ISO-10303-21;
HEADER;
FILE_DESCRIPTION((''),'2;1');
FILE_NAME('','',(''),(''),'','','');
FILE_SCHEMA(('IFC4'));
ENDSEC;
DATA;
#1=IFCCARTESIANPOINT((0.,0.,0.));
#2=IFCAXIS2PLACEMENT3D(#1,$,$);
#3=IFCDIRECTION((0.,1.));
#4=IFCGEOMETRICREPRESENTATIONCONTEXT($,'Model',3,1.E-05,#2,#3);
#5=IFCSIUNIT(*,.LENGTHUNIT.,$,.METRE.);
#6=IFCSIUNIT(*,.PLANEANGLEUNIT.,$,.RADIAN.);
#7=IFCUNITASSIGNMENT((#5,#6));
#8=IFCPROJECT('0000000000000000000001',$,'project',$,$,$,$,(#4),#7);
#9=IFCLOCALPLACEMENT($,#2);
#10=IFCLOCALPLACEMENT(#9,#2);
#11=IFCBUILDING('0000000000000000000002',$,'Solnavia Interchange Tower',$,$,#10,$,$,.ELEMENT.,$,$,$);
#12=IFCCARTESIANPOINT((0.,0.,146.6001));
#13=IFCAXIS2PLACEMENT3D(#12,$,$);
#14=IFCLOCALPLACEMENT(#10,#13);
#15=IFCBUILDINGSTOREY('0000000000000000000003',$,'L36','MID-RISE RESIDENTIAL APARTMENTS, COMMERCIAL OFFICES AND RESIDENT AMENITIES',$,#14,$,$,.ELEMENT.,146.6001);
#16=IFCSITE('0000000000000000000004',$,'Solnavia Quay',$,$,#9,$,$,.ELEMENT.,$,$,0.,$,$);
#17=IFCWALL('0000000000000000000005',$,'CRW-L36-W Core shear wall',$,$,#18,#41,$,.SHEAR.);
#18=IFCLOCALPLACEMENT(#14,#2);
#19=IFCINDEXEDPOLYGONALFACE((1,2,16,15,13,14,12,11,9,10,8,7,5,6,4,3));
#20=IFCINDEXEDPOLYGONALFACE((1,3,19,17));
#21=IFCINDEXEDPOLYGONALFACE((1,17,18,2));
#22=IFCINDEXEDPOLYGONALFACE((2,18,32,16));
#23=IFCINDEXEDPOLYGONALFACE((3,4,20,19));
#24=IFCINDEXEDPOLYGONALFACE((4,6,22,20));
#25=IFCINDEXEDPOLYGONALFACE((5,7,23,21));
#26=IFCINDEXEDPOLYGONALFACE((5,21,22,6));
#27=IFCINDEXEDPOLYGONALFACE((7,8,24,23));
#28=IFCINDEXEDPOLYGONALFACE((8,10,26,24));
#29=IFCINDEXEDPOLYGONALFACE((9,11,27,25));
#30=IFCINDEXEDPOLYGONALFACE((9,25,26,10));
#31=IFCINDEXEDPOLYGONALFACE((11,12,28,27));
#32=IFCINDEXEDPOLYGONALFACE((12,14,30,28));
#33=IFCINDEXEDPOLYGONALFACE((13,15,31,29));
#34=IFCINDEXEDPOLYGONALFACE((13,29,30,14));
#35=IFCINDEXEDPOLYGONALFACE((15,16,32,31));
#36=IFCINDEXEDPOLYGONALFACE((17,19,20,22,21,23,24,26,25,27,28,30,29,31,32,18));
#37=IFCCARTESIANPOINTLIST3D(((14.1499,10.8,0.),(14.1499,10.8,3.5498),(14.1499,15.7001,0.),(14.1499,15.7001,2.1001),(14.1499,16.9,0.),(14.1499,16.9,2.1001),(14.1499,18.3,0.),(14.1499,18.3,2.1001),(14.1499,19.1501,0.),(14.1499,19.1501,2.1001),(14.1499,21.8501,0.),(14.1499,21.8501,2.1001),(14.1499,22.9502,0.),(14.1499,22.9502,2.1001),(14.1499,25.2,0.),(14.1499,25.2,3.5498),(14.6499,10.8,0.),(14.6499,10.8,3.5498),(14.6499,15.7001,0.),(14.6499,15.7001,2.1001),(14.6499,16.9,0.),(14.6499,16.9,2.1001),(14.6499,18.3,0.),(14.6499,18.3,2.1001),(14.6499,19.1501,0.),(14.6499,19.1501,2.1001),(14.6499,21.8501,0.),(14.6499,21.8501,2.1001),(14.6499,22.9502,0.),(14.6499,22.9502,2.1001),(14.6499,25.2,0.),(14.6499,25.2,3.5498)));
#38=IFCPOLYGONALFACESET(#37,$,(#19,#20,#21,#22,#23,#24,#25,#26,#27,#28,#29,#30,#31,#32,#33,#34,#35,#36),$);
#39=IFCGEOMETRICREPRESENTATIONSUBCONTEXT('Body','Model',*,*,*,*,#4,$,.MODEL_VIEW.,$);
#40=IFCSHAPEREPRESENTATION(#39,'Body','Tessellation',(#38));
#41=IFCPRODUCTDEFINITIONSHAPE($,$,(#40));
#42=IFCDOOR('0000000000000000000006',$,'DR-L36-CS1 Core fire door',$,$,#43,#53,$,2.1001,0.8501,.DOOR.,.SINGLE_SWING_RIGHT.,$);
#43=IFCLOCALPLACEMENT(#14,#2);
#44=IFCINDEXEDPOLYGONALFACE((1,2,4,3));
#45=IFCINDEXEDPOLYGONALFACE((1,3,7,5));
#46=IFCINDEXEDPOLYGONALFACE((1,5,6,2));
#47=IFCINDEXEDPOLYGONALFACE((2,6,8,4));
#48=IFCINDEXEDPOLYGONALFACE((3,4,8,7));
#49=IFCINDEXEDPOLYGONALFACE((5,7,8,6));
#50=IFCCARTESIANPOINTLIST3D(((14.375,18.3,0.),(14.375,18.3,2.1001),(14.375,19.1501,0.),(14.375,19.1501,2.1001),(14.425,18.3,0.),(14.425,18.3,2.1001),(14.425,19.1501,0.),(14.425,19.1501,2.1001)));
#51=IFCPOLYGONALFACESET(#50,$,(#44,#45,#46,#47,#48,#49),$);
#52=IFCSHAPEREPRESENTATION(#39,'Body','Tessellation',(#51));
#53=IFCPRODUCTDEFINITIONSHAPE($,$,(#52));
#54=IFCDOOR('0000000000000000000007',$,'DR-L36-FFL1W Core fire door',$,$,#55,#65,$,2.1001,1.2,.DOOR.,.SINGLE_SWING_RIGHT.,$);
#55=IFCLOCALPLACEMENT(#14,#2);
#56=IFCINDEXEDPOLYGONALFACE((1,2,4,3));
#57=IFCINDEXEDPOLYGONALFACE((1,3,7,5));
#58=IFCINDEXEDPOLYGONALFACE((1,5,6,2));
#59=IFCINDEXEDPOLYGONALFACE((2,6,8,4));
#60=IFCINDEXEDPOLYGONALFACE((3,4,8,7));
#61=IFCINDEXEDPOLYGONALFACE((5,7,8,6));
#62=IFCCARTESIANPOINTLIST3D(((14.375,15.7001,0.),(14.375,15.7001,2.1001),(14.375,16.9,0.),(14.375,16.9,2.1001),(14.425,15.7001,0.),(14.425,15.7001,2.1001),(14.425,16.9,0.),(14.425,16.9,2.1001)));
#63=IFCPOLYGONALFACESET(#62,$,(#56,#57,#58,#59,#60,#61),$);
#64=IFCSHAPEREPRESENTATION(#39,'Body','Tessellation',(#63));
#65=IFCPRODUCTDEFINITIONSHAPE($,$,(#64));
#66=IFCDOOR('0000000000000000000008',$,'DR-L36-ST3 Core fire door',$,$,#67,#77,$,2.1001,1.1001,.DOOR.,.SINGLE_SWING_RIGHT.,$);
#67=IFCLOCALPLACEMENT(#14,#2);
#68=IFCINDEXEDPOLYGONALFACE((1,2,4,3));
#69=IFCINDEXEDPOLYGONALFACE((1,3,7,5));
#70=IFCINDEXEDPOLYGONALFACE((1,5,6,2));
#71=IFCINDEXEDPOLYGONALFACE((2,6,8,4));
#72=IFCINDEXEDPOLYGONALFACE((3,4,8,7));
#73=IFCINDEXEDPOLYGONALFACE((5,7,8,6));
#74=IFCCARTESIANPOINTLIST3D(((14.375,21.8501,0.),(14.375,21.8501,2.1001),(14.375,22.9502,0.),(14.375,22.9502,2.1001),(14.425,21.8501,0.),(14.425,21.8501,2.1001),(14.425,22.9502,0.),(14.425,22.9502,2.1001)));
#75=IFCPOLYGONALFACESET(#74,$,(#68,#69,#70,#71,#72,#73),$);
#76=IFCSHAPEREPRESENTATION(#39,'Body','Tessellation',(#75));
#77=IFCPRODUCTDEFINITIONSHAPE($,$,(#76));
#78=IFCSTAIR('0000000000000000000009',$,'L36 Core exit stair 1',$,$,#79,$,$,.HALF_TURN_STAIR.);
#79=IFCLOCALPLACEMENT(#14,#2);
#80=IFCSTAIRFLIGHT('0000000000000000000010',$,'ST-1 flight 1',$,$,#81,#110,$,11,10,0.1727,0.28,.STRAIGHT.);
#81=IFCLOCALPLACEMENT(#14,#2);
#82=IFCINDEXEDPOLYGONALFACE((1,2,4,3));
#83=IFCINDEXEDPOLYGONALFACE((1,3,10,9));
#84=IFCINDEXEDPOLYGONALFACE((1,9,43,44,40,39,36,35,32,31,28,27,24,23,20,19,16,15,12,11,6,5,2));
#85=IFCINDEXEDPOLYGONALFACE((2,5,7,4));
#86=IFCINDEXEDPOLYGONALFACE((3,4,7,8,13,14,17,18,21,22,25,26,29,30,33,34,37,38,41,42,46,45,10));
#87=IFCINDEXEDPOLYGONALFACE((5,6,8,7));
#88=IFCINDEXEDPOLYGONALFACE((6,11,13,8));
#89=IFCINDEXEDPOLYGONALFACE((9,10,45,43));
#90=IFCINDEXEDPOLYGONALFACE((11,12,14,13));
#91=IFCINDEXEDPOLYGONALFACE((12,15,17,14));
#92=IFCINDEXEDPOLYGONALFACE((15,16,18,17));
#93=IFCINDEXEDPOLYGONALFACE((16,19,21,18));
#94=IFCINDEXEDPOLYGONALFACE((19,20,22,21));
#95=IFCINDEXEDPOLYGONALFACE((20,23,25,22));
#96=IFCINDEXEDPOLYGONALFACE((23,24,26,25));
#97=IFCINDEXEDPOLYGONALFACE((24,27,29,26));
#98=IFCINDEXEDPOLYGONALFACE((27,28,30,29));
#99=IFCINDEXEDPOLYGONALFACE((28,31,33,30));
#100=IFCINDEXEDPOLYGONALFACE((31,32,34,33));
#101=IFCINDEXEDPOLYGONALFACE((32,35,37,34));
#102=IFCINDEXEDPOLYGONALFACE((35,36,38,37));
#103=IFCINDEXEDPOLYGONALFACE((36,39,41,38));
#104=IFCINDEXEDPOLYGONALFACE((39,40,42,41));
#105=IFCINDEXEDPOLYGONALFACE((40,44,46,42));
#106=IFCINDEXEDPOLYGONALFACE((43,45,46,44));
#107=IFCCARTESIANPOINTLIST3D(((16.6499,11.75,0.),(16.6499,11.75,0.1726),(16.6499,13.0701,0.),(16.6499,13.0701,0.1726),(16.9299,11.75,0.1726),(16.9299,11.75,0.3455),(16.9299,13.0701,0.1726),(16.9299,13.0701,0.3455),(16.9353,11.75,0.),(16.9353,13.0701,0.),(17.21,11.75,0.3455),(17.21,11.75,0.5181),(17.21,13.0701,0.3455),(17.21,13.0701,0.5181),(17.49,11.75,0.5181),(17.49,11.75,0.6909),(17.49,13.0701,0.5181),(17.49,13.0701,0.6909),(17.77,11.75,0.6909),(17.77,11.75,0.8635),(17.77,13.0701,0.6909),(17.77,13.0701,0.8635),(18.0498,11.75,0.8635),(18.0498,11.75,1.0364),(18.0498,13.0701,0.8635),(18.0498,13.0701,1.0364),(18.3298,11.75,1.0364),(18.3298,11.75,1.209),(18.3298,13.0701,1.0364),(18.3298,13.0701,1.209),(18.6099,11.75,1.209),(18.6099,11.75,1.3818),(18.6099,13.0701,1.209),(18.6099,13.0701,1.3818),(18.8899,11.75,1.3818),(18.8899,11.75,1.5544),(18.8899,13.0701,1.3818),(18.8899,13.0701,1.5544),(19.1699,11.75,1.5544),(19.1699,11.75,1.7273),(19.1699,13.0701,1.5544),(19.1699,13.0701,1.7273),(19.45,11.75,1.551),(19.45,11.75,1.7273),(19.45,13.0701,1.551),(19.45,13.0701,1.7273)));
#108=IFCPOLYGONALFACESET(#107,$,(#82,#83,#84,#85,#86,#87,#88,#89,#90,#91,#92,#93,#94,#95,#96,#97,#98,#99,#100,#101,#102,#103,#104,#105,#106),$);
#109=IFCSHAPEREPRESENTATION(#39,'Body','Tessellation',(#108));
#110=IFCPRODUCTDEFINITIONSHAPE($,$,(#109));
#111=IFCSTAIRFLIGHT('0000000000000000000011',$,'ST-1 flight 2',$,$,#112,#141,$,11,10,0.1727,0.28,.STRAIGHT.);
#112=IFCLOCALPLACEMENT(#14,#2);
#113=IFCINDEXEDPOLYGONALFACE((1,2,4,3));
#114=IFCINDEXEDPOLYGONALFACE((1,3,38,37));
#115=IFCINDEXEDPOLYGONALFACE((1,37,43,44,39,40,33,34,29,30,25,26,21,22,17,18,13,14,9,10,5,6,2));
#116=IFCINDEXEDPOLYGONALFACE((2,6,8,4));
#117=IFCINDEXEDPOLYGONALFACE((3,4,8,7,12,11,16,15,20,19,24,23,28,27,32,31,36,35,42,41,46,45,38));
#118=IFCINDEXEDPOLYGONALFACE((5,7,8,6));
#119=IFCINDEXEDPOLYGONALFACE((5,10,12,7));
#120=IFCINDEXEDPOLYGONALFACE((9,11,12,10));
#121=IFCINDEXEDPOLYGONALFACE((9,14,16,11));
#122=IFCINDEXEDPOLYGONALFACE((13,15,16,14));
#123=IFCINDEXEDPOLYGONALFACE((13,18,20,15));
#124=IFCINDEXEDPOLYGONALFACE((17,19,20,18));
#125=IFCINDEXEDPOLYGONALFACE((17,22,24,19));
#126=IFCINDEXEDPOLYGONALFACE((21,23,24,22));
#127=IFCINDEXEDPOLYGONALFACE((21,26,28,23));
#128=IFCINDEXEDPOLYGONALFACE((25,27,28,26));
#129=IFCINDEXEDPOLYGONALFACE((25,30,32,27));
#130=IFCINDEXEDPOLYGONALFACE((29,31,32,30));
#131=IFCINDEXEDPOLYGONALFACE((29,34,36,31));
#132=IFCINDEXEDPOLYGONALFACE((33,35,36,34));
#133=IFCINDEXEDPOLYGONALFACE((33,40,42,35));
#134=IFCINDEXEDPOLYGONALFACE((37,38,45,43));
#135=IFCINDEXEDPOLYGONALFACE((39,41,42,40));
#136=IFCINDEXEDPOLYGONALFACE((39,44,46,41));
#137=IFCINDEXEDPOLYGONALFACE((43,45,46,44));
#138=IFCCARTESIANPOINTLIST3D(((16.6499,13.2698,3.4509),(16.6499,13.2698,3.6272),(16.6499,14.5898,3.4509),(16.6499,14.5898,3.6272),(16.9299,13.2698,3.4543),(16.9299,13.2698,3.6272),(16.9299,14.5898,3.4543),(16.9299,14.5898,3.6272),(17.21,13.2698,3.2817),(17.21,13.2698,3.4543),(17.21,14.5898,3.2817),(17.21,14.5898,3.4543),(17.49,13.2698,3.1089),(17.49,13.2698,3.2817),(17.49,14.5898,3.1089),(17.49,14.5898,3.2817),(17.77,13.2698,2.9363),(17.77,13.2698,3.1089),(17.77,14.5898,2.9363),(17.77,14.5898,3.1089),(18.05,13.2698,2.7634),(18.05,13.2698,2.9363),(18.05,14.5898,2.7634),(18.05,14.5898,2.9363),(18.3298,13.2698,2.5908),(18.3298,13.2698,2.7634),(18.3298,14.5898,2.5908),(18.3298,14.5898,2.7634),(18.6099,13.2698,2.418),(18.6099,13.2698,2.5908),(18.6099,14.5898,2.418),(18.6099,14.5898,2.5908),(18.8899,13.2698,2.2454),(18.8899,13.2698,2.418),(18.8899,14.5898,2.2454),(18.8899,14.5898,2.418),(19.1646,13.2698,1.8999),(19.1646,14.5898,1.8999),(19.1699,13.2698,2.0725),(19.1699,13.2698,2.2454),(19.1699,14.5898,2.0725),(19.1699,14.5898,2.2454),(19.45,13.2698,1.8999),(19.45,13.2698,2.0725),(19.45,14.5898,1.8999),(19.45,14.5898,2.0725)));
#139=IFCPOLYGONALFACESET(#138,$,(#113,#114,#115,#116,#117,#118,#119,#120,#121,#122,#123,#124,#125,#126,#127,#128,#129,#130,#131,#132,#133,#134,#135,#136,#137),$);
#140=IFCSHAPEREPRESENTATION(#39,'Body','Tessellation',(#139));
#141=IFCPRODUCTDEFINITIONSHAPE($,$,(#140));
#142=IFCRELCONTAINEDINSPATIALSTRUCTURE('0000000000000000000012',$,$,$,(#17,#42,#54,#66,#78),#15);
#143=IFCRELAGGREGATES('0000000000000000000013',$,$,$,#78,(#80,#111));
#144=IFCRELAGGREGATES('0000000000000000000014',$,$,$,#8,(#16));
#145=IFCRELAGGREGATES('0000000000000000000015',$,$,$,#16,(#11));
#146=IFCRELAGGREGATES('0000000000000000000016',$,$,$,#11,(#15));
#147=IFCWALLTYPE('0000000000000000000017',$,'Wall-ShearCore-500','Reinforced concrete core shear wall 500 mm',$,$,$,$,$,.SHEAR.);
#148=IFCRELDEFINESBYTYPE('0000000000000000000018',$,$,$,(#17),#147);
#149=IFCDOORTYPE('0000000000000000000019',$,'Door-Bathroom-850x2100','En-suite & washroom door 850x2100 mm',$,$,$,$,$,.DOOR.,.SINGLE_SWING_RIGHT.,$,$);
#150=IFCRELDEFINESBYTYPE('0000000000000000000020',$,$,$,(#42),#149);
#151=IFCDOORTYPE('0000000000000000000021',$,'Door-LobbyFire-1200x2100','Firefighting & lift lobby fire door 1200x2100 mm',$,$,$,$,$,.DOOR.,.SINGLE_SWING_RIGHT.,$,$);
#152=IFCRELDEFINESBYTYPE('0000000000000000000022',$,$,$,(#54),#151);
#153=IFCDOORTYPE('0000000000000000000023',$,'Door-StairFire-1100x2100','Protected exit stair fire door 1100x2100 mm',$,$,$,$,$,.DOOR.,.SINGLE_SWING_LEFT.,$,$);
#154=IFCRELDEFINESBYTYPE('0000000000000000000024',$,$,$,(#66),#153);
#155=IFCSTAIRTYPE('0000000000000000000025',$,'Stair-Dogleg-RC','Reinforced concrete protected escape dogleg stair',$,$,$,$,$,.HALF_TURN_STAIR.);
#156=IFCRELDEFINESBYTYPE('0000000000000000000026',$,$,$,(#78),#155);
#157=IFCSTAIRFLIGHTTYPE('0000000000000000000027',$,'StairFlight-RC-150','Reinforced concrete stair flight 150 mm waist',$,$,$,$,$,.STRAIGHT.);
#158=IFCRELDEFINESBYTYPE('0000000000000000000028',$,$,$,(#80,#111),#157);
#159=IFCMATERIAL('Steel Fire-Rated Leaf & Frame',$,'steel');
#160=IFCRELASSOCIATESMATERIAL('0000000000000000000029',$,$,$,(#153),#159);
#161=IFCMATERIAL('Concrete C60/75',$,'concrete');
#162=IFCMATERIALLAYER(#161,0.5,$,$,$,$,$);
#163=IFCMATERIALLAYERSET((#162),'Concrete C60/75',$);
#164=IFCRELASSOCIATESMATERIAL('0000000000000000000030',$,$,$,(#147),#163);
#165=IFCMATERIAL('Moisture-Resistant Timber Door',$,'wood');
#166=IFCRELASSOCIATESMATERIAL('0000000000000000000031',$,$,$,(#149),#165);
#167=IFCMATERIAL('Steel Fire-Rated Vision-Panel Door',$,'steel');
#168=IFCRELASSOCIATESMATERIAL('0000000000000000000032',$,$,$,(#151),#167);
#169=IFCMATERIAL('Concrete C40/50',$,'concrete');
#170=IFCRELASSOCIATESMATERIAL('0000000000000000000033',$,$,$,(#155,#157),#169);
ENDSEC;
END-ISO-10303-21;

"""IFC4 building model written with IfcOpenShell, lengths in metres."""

from ifc_helpers import new_model, si_unit, direction, frame, frame_2d, origin, place, context, subcontext, project, spatial, polyline, rectangle, outline, extrude, material, layer, layer_set, type_object, element, fill, aggregate, save


model = new_model("IFC4")

# Units and contexts
model_context = context("Model", 3, precision=1e-05, world=origin(), true_north=direction((0.0, 1.0)))
body_context = subcontext(model_context, "Body", "Model", "MODEL_VIEW")
ifc_project = project(units=[si_unit("LENGTHUNIT", "METRE"), si_unit("PLANEANGLEUNIT", "RADIAN")], contexts=[model_context])

# Site, building, storey
site_placement = place(None, origin())
site = spatial("IfcSite", under=ifc_project, at=site_placement, Name="Solnavia Quay", CompositionType="ELEMENT", RefElevation=0.0)
building_placement = place(site_placement, origin())
building = spatial("IfcBuilding", under=site, at=building_placement, Name="Solnavia Interchange Tower", CompositionType="ELEMENT")
storey_placement = place(building_placement, frame((0.0, 0.0, 146.6001)))
storey = spatial("IfcBuildingStorey", under=building, at=storey_placement, Name="L36", Description="MID-RISE RESIDENTIAL APARTMENTS, COMMERCIAL OFFICES AND RESIDENT AMENITIES", CompositionType="ELEMENT", Elevation=146.6001)

# Shared definitions
ifc_material_1 = material(Name="Concrete C40/50", Category="concrete")

# Shared definitions
ifc_material_2 = material(Name="Steel Fire-Rated Leaf & Frame", Category="steel")
door_type_1 = type_object("IfcDoorType", Name="Door-StairFire-1100x2100", Description="Protected exit stair fire door 1100x2100 mm", OperationType="SINGLE_SWING_LEFT", PredefinedType="DOOR", material=ifc_material_2)

# Shared definitions
ifc_material_3 = material(Name="Concrete C60/75", Category="concrete")
ifc_layer_1 = layer(ifc_material_3, 0.5)
ifc_layer_set_1 = layer_set([ifc_layer_1], Name="Concrete C60/75")
wall_type_1 = type_object("IfcWallType", Name="Wall-ShearCore-500", Description="Reinforced concrete core shear wall 500 mm", PredefinedType="SHEAR", material=ifc_layer_set_1)

# Wall, openings, doors
wall_1_placement = place(storey_placement, frame((14.3999, 10.8, 0.0), z_axis=(0.0, 0.0, 1.0), x_axis=(0.0, 1.0, 0.0)))
wall_1 = element("IfcWall", 1, at=wall_1_placement, inside=storey, type_object=wall_type_1, Name="CRW-L36-W Core shear wall", PredefinedType="SHEAR", context=body_context, shape_type="SweptSolid", body=[
    extrude(rectangle(XDim=14.3999, YDim=0.5, at=frame_2d((7.2, 0.0))), origin(), (0.0, 0.0, 1.0), 3.5498),
])
opening_1_placement = place(wall_1_placement, frame((11.05, 0.0, 0.0)))
opening_1 = element("IfcOpeningElement", 2, at=opening_1_placement, cuts=wall_1, PredefinedType="OPENING", context=body_context, shape_type="SweptSolid", body=[
    extrude(rectangle(XDim=1.1001, YDim=2.1001, at=frame_2d((0.55, 1.05))), frame((0.0, 0.26, 0.0), z_axis=(0.0, -1.0, 0.0), x_axis=(1.0, 0.0, 0.0)), (0.0, 0.0, 1.0), 0.52),
])
opening_2_placement = place(wall_1_placement, frame((4.8999, 0.0, 0.0)))
opening_2 = element("IfcOpeningElement", 3, at=opening_2_placement, cuts=wall_1, PredefinedType="OPENING", context=body_context, shape_type="SweptSolid", body=[
    extrude(rectangle(XDim=1.2, YDim=2.1001, at=frame_2d((0.6001, 1.05))), frame((0.0, 0.26, 0.0), z_axis=(0.0, -1.0, 0.0), x_axis=(1.0, 0.0, 0.0)), (0.0, 0.0, 1.0), 0.52),
])
opening_3_placement = place(wall_1_placement, frame((7.5, 0.0, 0.0)))
opening_3 = element("IfcOpeningElement", 4, at=opening_3_placement, cuts=wall_1, PredefinedType="OPENING", context=body_context, shape_type="SweptSolid", body=[
    extrude(rectangle(XDim=0.8501, YDim=2.1001, at=frame_2d((0.425, 1.05))), frame((0.0, 0.26, 0.0), z_axis=(0.0, -1.0, 0.0), x_axis=(1.0, 0.0, 0.0)), (0.0, 0.0, 1.0), 0.52),
])
ifc_material_4 = material(Name="Moisture-Resistant Timber Door", Category="wood")
door_type_2 = type_object("IfcDoorType", Name="Door-Bathroom-850x2100", Description="En-suite & washroom door 850x2100 mm", OperationType="SINGLE_SWING_RIGHT", PredefinedType="DOOR", material=ifc_material_4)
door_1_placement = place(opening_3_placement, origin())
door_1 = element("IfcDoor", 5, at=door_1_placement, inside=storey, type_object=door_type_2, Name="DR-L36-CS1 Core fire door", OperationType="SINGLE_SWING_RIGHT", OverallHeight=2.1001, OverallWidth=0.8501, PredefinedType="DOOR", context=body_context, shape_type="SweptSolid", body=[
    extrude(rectangle(XDim=0.8501, YDim=2.1001, at=frame_2d((0.425, 1.05))), frame((0.0, 0.0249, 0.0), z_axis=(0.0, -1.0, 0.0), x_axis=(1.0, 0.0, 0.0)), (0.0, 0.0, 1.0), 0.05),
])
fill(opening_3, door_1)
ifc_material_5 = material(Name="Steel Fire-Rated Vision-Panel Door", Category="steel")
door_type_3 = type_object("IfcDoorType", Name="Door-LobbyFire-1200x2100", Description="Firefighting & lift lobby fire door 1200x2100 mm", OperationType="SINGLE_SWING_RIGHT", PredefinedType="DOOR", material=ifc_material_5)
door_2_placement = place(opening_2_placement, origin())
door_2 = element("IfcDoor", 6, at=door_2_placement, inside=storey, type_object=door_type_3, Name="DR-L36-FFL1W Core fire door", OperationType="SINGLE_SWING_RIGHT", OverallHeight=2.1001, OverallWidth=1.2, PredefinedType="DOOR", context=body_context, shape_type="SweptSolid", body=[
    extrude(rectangle(XDim=1.2, YDim=2.1001, at=frame_2d((0.6001, 1.05))), frame((0.0, 0.0249, 0.0), z_axis=(0.0, -1.0, 0.0), x_axis=(1.0, 0.0, 0.0)), (0.0, 0.0, 1.0), 0.05),
])
fill(opening_2, door_2)
door_3_placement = place(opening_1_placement, origin())
door_3 = element("IfcDoor", 7, at=door_3_placement, inside=storey, type_object=door_type_1, Name="DR-L36-ST3 Core fire door", OperationType="SINGLE_SWING_RIGHT", OverallHeight=2.1001, OverallWidth=1.1001, PredefinedType="DOOR", context=body_context, shape_type="SweptSolid", body=[
    extrude(rectangle(XDim=1.1001, YDim=2.1001, at=frame_2d((0.55, 1.05))), frame((0.0, 0.0249, 0.0), z_axis=(0.0, -1.0, 0.0), x_axis=(1.0, 0.0, 0.0)), (0.0, 0.0, 1.0), 0.05),
])
fill(opening_1, door_3)

# Stair, stair flights
stair_type = type_object("IfcStairType", Name="Stair-Dogleg-RC", Description="Reinforced concrete protected escape dogleg stair", PredefinedType="HALF_TURN_STAIR", material=ifc_material_1)
stair_placement = place(storey_placement, origin())
stair = element("IfcStair", 8, at=stair_placement, inside=storey, type_object=stair_type, Name="L36 Core exit stair 1", PredefinedType="HALF_TURN_STAIR")
stair_flight_type = type_object("IfcStairFlightType", Name="StairFlight-RC-150", Description="Reinforced concrete stair flight 150 mm waist", PredefinedType="STRAIGHT", material=ifc_material_1)
stair_flight_1_placement = place(storey_placement, frame((16.6499, 12.4099, 0.0), z_axis=(0.0, 0.0, 1.0), x_axis=(1.0, 0.0, 0.0)))
stair_flight_1 = element("IfcStairFlight", 9, at=stair_flight_1_placement, type_object=stair_flight_type, Name="ST-1 flight 1", NumberOfRisers=11, NumberOfTreads=10, PredefinedType="STRAIGHT", RiserHeight=0.1727, TreadLength=0.28, context=body_context, shape_type="SweptSolid", body=[
    extrude(outline(polyline([(0.0, 0.0), (0.0, 0.1726), (0.28, 0.1726), (0.28, 0.3455), (0.5601, 0.3455), (0.5601, 0.5181), (0.8401, 0.5181), (0.8401, 0.6909), (1.1201, 0.6909), (1.1201, 0.8635), (1.3999, 0.8635), (1.3999, 1.0364), (1.6799, 1.0364), (1.6799, 1.209), (1.96, 1.209), (1.96, 1.3818), (2.24, 1.3818), (2.24, 1.5544), (2.52, 1.5544), (2.52, 1.7273), (2.8, 1.7273), (2.8, 1.8999), (2.8, 1.551), (0.2854, 0.0), (0.0, 0.0)])), frame((0.0, 0.6602, 0.0), z_axis=(0.0, -1.0, 0.0), x_axis=(1.0, 0.0, 0.0)), (0.0, 0.0, 1.0), 1.3201),
])
stair_flight_2_placement = place(storey_placement, frame((19.45, 13.9299, 1.8999), z_axis=(0.0, 0.0, 1.0), x_axis=(-1.0, 0.0, 0.0)))
stair_flight_2 = element("IfcStairFlight", 10, at=stair_flight_2_placement, type_object=stair_flight_type, Name="ST-1 flight 2", NumberOfRisers=11, NumberOfTreads=10, PredefinedType="STRAIGHT", RiserHeight=0.1727, TreadLength=0.28, context=body_context, shape_type="SweptSolid", body=[
    extrude(outline(polyline([(0.0, 0.0), (0.0, 0.1726), (0.28, 0.1726), (0.28, 0.3455), (0.5601, 0.3455), (0.5601, 0.5181), (0.8401, 0.5181), (0.8401, 0.6909), (1.1201, 0.6909), (1.1201, 0.8635), (1.3999, 0.8635), (1.3999, 1.0364), (1.6799, 1.0364), (1.6799, 1.209), (1.96, 1.209), (1.96, 1.3818), (2.24, 1.3818), (2.24, 1.5544), (2.52, 1.5544), (2.52, 1.7273), (2.8, 1.7273), (2.8, 1.8999), (2.8, 1.551), (0.2854, 0.0), (0.0, 0.0)])), frame((0.0, 0.6602, 0.0), z_axis=(0.0, -1.0, 0.0), x_axis=(1.0, 0.0, 0.0)), (0.0, 0.0, 1.0), 1.3201),
])
aggregate(stair, [stair_flight_1, stair_flight_2])

save(model, "model.ifc")
